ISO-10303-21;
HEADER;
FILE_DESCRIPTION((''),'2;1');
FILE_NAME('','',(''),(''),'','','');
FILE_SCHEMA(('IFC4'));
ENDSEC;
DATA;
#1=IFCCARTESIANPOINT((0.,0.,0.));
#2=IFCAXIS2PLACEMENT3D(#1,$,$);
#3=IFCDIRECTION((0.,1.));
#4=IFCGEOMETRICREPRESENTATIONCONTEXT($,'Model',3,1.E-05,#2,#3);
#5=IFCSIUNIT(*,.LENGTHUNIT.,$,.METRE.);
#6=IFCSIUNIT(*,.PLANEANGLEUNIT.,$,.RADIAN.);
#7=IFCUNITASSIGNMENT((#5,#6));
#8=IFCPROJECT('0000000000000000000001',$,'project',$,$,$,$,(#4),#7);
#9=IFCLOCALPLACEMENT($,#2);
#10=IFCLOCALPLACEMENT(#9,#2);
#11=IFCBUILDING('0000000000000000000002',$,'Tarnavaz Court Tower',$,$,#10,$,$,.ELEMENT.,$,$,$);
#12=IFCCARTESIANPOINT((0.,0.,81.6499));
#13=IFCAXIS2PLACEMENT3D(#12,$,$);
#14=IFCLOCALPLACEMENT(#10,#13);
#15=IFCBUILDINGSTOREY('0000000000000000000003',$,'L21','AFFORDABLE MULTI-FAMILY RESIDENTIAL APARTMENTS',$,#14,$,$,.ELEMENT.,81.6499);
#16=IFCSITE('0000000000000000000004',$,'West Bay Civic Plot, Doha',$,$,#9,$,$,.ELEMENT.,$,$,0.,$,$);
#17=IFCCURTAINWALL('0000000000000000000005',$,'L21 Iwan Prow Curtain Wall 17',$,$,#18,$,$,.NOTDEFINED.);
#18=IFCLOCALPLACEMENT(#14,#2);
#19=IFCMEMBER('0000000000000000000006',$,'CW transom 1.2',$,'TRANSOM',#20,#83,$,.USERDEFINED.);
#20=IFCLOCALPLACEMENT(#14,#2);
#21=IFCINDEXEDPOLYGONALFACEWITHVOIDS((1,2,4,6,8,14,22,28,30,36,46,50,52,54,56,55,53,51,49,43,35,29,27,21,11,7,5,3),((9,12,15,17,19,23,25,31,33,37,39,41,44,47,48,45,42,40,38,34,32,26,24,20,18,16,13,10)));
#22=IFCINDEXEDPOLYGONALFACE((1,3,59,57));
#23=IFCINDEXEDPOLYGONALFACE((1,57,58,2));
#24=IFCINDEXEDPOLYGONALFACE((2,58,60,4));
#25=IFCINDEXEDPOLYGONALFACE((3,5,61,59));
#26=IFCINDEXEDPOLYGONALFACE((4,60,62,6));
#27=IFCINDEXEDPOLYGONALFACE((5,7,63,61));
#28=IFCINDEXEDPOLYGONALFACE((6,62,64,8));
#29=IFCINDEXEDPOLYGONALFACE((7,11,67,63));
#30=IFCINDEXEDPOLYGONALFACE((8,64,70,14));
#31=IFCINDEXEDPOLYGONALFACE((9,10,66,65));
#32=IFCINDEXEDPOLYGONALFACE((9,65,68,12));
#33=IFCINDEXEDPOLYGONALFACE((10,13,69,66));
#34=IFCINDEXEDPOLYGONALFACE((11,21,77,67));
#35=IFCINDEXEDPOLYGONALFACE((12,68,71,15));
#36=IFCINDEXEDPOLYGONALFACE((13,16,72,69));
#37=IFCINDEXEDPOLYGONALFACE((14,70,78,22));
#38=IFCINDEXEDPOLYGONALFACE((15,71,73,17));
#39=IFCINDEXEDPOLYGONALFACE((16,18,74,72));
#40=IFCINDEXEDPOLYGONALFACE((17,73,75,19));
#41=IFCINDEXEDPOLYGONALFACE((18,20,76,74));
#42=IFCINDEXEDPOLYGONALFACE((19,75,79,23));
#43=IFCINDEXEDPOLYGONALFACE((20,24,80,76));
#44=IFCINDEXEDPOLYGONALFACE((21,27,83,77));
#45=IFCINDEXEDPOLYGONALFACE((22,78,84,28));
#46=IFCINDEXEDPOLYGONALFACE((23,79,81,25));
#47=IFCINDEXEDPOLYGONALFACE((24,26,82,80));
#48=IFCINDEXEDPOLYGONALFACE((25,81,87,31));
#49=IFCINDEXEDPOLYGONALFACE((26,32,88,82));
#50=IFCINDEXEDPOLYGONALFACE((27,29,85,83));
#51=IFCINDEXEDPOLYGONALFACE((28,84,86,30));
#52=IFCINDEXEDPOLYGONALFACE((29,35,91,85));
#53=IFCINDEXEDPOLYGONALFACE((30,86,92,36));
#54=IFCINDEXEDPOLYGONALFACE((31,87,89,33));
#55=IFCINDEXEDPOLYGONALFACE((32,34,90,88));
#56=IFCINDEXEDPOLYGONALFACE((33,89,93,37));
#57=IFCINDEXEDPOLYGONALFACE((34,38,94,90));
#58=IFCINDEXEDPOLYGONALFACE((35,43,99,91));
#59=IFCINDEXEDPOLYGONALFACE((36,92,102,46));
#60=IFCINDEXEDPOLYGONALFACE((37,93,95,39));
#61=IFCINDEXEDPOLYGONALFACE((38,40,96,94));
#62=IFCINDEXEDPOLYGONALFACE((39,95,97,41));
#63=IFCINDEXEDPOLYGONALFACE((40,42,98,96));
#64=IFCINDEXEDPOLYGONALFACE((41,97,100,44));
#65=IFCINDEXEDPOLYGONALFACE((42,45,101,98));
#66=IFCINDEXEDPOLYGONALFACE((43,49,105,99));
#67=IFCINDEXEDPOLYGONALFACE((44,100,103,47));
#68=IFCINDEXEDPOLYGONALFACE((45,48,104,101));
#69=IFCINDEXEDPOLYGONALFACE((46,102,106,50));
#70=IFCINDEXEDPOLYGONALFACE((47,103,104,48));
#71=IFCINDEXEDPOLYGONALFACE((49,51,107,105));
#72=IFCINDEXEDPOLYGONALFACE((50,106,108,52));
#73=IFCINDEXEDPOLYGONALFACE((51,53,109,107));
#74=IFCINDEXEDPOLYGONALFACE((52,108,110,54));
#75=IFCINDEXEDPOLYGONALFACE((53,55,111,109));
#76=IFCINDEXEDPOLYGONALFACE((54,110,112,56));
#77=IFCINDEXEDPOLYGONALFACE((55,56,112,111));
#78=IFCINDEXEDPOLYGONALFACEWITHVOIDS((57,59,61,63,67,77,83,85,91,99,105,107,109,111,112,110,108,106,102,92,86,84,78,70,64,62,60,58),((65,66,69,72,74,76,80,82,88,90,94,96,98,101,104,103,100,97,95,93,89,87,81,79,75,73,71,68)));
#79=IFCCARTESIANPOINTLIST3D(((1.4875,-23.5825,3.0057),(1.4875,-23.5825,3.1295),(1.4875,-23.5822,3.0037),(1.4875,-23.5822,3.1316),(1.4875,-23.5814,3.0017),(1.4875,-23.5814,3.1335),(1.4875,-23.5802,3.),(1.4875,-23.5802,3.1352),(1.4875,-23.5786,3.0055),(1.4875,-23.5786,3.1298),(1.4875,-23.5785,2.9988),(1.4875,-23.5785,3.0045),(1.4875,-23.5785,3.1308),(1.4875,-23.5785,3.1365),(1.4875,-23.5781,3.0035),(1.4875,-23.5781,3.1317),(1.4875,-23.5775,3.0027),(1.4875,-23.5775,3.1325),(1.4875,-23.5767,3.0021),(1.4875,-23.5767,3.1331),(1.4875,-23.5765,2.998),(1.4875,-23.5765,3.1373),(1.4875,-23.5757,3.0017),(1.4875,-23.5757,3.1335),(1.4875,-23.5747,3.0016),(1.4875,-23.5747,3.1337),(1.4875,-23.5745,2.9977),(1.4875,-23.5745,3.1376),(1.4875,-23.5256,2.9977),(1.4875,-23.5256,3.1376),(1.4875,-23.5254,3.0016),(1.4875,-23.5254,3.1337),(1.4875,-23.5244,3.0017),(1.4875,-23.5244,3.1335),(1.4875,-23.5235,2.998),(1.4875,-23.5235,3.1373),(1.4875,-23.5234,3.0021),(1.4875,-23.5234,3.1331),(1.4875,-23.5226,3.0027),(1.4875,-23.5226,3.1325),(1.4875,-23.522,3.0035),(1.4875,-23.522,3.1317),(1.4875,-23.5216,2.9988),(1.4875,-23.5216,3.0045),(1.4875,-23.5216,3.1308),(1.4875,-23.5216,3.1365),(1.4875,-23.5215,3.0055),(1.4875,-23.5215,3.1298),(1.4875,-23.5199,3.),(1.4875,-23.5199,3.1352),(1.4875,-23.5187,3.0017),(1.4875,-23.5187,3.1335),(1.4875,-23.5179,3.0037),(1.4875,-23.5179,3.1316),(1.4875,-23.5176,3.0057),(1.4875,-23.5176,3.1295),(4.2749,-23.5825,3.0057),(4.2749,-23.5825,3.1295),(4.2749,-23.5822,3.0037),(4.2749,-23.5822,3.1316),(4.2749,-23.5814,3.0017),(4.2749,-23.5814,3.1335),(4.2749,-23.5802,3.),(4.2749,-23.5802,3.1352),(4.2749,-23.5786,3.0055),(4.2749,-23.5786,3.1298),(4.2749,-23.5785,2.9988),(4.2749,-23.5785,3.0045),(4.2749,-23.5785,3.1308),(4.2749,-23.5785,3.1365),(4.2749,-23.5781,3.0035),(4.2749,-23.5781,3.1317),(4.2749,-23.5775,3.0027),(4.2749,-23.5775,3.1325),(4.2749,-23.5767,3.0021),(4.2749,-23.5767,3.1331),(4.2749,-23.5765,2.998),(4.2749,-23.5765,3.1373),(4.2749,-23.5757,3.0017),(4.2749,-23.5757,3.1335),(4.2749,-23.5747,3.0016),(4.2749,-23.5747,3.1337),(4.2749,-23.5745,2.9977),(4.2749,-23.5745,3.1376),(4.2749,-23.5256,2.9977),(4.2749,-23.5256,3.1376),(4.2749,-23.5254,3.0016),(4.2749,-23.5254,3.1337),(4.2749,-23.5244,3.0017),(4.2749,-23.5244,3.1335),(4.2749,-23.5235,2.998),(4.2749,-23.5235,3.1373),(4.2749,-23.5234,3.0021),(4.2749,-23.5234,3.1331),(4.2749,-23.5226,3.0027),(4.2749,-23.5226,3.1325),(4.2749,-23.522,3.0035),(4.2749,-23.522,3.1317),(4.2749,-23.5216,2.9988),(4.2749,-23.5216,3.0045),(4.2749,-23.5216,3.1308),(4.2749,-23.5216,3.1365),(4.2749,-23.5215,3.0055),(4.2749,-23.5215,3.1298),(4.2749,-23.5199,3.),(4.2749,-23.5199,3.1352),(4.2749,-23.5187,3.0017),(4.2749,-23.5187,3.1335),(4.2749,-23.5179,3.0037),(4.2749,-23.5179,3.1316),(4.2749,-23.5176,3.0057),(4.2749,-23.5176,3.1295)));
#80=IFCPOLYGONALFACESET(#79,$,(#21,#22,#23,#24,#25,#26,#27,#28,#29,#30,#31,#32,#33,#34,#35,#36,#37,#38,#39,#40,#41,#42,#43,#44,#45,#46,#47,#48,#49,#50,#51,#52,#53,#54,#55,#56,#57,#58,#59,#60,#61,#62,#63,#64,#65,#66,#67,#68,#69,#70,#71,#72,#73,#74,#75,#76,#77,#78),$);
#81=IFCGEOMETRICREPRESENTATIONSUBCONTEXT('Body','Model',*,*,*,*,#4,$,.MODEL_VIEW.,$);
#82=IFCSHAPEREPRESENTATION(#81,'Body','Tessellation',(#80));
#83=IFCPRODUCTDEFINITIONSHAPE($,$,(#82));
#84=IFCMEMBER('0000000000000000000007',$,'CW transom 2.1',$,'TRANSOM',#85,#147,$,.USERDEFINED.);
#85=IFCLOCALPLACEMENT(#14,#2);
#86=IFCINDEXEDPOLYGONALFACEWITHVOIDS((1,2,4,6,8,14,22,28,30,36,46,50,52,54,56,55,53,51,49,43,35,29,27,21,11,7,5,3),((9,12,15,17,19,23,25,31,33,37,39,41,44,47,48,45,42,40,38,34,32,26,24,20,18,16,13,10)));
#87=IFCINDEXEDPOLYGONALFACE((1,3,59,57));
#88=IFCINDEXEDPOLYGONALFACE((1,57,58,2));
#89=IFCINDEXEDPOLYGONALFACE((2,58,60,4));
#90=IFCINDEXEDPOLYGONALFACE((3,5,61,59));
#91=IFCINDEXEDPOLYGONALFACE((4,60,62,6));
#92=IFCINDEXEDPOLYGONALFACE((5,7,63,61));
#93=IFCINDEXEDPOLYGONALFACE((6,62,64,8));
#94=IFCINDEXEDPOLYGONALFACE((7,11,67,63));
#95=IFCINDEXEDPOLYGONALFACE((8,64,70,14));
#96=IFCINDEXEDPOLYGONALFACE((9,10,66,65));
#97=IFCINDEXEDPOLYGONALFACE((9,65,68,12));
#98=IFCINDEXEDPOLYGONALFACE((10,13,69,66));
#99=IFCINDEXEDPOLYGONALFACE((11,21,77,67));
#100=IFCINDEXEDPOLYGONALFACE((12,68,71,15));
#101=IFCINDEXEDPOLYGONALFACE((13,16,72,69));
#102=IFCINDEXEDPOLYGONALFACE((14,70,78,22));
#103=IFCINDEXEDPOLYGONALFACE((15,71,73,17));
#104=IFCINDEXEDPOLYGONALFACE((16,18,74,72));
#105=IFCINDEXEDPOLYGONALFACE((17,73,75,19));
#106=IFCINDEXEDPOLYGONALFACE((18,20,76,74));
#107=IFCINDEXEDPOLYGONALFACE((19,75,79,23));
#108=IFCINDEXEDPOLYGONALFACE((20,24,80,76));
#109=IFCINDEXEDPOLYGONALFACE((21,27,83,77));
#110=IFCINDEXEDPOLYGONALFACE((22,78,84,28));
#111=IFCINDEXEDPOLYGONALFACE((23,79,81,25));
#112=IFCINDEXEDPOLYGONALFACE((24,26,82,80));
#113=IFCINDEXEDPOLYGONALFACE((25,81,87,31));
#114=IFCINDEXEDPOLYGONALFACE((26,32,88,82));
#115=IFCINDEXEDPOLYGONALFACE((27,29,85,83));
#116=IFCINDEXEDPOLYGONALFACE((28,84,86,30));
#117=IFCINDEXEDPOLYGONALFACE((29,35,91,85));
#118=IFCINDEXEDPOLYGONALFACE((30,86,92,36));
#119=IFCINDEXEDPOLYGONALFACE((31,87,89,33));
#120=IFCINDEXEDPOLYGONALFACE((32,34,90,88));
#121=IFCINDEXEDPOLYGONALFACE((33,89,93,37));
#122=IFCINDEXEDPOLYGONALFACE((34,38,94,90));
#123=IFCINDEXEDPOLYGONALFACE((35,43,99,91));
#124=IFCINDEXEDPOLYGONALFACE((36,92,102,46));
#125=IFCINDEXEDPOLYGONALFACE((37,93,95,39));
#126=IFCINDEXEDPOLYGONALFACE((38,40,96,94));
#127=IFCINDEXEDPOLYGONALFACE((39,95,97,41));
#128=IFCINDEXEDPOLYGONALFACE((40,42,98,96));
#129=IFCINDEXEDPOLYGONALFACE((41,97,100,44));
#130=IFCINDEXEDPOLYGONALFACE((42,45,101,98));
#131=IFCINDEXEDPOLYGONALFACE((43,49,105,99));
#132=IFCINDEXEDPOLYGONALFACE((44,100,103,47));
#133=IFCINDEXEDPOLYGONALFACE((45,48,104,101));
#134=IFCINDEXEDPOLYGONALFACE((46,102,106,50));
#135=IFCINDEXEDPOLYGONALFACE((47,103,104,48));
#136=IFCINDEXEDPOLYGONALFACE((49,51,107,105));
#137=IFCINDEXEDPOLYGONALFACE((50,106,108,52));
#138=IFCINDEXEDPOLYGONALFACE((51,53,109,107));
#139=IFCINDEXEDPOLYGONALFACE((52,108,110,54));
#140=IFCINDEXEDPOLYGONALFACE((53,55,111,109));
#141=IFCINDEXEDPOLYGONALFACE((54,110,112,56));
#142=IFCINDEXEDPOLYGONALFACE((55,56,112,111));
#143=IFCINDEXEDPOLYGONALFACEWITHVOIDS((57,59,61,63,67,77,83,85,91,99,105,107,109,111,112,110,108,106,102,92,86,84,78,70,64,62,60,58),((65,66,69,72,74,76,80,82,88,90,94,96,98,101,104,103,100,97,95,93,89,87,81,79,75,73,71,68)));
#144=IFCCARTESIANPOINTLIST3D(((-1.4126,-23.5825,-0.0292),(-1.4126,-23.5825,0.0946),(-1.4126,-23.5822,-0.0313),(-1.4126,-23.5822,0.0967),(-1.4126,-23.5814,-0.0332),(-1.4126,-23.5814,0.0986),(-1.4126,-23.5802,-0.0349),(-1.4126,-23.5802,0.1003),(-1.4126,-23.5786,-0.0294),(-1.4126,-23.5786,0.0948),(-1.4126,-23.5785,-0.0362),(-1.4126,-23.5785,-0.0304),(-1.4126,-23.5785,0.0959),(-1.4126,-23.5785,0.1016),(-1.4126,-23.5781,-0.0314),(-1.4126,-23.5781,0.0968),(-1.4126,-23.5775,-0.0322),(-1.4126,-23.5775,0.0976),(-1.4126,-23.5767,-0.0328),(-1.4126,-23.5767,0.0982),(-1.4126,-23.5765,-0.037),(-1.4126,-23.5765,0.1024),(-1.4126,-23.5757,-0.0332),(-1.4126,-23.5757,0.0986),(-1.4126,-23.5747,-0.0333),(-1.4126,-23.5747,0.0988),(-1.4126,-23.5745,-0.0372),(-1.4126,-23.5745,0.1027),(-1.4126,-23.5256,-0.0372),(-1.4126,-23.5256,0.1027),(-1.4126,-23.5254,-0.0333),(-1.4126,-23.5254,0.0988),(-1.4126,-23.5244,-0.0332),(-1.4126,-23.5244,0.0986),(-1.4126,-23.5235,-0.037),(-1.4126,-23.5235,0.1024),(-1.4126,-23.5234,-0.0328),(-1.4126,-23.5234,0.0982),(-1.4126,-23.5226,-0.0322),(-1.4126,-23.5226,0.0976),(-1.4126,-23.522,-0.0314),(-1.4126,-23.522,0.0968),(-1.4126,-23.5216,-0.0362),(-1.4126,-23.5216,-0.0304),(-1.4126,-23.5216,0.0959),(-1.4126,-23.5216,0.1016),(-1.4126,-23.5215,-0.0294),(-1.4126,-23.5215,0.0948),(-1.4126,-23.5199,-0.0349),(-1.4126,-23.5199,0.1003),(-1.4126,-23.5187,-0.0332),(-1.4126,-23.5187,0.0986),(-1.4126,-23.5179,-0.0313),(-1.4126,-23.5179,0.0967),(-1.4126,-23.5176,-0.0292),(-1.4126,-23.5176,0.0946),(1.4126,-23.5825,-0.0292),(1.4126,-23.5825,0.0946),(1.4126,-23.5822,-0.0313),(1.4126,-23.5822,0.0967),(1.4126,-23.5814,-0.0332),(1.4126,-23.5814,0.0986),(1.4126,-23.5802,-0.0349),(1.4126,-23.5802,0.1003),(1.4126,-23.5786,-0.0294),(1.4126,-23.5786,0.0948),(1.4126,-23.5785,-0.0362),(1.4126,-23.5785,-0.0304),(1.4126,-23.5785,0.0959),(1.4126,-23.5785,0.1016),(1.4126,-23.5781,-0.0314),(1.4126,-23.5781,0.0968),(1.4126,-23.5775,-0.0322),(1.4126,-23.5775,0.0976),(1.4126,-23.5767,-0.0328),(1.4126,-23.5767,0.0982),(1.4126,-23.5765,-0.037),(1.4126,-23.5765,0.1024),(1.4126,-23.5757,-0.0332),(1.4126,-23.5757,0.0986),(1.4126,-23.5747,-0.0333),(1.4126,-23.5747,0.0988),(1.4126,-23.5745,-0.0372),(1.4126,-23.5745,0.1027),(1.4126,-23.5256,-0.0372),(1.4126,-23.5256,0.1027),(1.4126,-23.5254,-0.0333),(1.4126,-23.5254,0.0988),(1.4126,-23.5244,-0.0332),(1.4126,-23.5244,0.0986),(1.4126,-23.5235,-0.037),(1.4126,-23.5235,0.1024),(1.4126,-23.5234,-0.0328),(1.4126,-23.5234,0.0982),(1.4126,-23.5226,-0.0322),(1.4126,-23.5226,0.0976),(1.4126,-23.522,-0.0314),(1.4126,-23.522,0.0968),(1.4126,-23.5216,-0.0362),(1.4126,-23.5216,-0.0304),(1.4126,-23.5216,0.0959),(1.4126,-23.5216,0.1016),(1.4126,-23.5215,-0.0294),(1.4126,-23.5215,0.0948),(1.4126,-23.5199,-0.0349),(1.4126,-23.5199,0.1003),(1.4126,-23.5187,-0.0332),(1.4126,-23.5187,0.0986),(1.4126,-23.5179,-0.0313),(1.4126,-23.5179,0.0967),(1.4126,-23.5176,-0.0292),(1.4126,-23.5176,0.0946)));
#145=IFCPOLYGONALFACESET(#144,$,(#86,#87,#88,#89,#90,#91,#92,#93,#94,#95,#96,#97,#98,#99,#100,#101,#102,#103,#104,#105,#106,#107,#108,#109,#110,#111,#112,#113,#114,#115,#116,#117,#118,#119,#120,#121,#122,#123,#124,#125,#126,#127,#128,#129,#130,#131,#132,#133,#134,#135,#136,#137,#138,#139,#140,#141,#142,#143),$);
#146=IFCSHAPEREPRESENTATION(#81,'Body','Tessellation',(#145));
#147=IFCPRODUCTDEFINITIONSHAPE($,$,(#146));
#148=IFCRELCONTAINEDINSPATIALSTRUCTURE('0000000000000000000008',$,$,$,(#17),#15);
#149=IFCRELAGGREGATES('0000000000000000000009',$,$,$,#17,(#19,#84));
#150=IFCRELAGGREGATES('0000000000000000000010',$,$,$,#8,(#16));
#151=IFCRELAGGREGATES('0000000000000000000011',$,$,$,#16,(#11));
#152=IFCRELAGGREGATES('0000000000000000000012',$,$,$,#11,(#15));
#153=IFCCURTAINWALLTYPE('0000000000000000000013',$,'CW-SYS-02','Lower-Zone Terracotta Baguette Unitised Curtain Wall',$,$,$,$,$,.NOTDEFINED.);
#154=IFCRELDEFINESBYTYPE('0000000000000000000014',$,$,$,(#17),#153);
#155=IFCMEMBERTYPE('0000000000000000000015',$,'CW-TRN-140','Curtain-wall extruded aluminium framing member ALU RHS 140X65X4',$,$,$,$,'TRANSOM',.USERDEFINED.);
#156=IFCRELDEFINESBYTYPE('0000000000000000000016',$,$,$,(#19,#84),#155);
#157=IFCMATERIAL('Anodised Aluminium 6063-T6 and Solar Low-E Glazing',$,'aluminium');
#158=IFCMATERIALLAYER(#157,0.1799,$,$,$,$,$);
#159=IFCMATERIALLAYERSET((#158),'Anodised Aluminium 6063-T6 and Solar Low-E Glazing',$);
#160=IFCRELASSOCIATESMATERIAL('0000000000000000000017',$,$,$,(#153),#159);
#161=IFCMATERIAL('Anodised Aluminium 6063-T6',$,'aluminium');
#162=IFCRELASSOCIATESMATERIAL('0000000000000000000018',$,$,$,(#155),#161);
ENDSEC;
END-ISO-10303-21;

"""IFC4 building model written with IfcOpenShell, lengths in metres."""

from ifc_helpers import new_model, si_unit, direction, frame, origin, origin_2d, place, context, subcontext, project, spatial, hollow_rectangle, extrude, material, layer, layer_set, material_profile, profile_set, type_object, element, aggregate, save


model = new_model("IFC4")

# Units and contexts
model_context = context("Model", 3, precision=1e-05, world=origin(), true_north=direction((0.0, 1.0)))
body_context = subcontext(model_context, "Body", "Model", "MODEL_VIEW")
ifc_project = project(units=[si_unit("LENGTHUNIT", "METRE"), si_unit("PLANEANGLEUNIT", "RADIAN")], contexts=[model_context])

# Site, building, storey
site_placement = place(None, origin())
site = spatial("IfcSite", under=ifc_project, at=site_placement, Name="West Bay Civic Plot, Doha", CompositionType="ELEMENT", RefElevation=0.0)
building_placement = place(site_placement, origin())
building = spatial("IfcBuilding", under=site, at=building_placement, Name="Tarnavaz Court Tower", CompositionType="ELEMENT")
storey_placement = place(building_placement, frame((0.0, 0.0, 81.6499)))
storey = spatial("IfcBuildingStorey", under=building, at=storey_placement, Name="L21", Description="AFFORDABLE MULTI-FAMILY RESIDENTIAL APARTMENTS", CompositionType="ELEMENT", Elevation=81.6499)

# Curtain wall, members
ifc_material_1 = material(Name="Anodised Aluminium 6063-T6 and Solar Low-E Glazing", Category="aluminium")
ifc_layer_1 = layer(ifc_material_1, 0.1799)
ifc_layer_set_1 = layer_set([ifc_layer_1], Name="Anodised Aluminium 6063-T6 and Solar Low-E Glazing")
curtain_wall_type = type_object("IfcCurtainWallType", Name="CW-SYS-02", Description="Lower-Zone Terracotta Baguette Unitised Curtain Wall", PredefinedType="NOTDEFINED", material=ifc_layer_set_1)
curtain_wall_placement = place(storey_placement, origin())
curtain_wall = element("IfcCurtainWall", 1, at=curtain_wall_placement, inside=storey, type_object=curtain_wall_type, Name="L21 Iwan Prow Curtain Wall 17", PredefinedType="NOTDEFINED")
ifc_material_2 = material(Name="Anodised Aluminium 6063-T6", Category="aluminium")
ifc_material_profile_1 = material_profile(ifc_material_2, hollow_rectangle(XDim=0.0649, YDim=0.1399, WallThickness=0.0039, InnerFilletRadius=0.0039, OuterFilletRadius=0.0081, at=origin_2d()), Name="ALU RHS 140X65X4")
ifc_profile_set_1 = profile_set([ifc_material_profile_1], Name="Anodised Aluminium 6063-T6")
member_type_1 = type_object("IfcMemberType", Name="CW-TRN-140", Description="Curtain-wall extruded aluminium framing member ALU RHS 140X65X4", ElementType="TRANSOM", PredefinedType="USERDEFINED", material=ifc_profile_set_1)
member_1_placement = place(storey_placement, frame((4.2749, -23.55, 3.0676), z_axis=(-1.0, 0.0, 0.0), x_axis=(0.0, -1.0, 0.0)))
member_1 = element("IfcMember", 2, at=member_1_placement, type_object=member_type_1, Name="CW transom 1.2", ObjectType="TRANSOM", PredefinedType="USERDEFINED", context=body_context, shape_type="SweptSolid", body=[
    extrude(hollow_rectangle(XDim=0.0649, YDim=0.1399, WallThickness=0.0039, InnerFilletRadius=0.0039, OuterFilletRadius=0.0081, at=origin_2d()), origin(), (0.0, 0.0, 1.0), 2.7874),
])
member_2_placement = place(storey_placement, frame((1.4126, -23.55, 0.0327), z_axis=(-1.0, 0.0, 0.0), x_axis=(0.0, -1.0, 0.0)))
member_2 = element("IfcMember", 3, at=member_2_placement, type_object=member_type_1, Name="CW transom 2.1", ObjectType="TRANSOM", PredefinedType="USERDEFINED", context=body_context, shape_type="SweptSolid", body=[
    extrude(hollow_rectangle(XDim=0.0649, YDim=0.1399, WallThickness=0.0039, InnerFilletRadius=0.0039, OuterFilletRadius=0.0081, at=origin_2d()), origin(), (0.0, 0.0, 1.0), 2.8252),
])
aggregate(curtain_wall, [member_1, member_2])

save(model, "model.ifc")
